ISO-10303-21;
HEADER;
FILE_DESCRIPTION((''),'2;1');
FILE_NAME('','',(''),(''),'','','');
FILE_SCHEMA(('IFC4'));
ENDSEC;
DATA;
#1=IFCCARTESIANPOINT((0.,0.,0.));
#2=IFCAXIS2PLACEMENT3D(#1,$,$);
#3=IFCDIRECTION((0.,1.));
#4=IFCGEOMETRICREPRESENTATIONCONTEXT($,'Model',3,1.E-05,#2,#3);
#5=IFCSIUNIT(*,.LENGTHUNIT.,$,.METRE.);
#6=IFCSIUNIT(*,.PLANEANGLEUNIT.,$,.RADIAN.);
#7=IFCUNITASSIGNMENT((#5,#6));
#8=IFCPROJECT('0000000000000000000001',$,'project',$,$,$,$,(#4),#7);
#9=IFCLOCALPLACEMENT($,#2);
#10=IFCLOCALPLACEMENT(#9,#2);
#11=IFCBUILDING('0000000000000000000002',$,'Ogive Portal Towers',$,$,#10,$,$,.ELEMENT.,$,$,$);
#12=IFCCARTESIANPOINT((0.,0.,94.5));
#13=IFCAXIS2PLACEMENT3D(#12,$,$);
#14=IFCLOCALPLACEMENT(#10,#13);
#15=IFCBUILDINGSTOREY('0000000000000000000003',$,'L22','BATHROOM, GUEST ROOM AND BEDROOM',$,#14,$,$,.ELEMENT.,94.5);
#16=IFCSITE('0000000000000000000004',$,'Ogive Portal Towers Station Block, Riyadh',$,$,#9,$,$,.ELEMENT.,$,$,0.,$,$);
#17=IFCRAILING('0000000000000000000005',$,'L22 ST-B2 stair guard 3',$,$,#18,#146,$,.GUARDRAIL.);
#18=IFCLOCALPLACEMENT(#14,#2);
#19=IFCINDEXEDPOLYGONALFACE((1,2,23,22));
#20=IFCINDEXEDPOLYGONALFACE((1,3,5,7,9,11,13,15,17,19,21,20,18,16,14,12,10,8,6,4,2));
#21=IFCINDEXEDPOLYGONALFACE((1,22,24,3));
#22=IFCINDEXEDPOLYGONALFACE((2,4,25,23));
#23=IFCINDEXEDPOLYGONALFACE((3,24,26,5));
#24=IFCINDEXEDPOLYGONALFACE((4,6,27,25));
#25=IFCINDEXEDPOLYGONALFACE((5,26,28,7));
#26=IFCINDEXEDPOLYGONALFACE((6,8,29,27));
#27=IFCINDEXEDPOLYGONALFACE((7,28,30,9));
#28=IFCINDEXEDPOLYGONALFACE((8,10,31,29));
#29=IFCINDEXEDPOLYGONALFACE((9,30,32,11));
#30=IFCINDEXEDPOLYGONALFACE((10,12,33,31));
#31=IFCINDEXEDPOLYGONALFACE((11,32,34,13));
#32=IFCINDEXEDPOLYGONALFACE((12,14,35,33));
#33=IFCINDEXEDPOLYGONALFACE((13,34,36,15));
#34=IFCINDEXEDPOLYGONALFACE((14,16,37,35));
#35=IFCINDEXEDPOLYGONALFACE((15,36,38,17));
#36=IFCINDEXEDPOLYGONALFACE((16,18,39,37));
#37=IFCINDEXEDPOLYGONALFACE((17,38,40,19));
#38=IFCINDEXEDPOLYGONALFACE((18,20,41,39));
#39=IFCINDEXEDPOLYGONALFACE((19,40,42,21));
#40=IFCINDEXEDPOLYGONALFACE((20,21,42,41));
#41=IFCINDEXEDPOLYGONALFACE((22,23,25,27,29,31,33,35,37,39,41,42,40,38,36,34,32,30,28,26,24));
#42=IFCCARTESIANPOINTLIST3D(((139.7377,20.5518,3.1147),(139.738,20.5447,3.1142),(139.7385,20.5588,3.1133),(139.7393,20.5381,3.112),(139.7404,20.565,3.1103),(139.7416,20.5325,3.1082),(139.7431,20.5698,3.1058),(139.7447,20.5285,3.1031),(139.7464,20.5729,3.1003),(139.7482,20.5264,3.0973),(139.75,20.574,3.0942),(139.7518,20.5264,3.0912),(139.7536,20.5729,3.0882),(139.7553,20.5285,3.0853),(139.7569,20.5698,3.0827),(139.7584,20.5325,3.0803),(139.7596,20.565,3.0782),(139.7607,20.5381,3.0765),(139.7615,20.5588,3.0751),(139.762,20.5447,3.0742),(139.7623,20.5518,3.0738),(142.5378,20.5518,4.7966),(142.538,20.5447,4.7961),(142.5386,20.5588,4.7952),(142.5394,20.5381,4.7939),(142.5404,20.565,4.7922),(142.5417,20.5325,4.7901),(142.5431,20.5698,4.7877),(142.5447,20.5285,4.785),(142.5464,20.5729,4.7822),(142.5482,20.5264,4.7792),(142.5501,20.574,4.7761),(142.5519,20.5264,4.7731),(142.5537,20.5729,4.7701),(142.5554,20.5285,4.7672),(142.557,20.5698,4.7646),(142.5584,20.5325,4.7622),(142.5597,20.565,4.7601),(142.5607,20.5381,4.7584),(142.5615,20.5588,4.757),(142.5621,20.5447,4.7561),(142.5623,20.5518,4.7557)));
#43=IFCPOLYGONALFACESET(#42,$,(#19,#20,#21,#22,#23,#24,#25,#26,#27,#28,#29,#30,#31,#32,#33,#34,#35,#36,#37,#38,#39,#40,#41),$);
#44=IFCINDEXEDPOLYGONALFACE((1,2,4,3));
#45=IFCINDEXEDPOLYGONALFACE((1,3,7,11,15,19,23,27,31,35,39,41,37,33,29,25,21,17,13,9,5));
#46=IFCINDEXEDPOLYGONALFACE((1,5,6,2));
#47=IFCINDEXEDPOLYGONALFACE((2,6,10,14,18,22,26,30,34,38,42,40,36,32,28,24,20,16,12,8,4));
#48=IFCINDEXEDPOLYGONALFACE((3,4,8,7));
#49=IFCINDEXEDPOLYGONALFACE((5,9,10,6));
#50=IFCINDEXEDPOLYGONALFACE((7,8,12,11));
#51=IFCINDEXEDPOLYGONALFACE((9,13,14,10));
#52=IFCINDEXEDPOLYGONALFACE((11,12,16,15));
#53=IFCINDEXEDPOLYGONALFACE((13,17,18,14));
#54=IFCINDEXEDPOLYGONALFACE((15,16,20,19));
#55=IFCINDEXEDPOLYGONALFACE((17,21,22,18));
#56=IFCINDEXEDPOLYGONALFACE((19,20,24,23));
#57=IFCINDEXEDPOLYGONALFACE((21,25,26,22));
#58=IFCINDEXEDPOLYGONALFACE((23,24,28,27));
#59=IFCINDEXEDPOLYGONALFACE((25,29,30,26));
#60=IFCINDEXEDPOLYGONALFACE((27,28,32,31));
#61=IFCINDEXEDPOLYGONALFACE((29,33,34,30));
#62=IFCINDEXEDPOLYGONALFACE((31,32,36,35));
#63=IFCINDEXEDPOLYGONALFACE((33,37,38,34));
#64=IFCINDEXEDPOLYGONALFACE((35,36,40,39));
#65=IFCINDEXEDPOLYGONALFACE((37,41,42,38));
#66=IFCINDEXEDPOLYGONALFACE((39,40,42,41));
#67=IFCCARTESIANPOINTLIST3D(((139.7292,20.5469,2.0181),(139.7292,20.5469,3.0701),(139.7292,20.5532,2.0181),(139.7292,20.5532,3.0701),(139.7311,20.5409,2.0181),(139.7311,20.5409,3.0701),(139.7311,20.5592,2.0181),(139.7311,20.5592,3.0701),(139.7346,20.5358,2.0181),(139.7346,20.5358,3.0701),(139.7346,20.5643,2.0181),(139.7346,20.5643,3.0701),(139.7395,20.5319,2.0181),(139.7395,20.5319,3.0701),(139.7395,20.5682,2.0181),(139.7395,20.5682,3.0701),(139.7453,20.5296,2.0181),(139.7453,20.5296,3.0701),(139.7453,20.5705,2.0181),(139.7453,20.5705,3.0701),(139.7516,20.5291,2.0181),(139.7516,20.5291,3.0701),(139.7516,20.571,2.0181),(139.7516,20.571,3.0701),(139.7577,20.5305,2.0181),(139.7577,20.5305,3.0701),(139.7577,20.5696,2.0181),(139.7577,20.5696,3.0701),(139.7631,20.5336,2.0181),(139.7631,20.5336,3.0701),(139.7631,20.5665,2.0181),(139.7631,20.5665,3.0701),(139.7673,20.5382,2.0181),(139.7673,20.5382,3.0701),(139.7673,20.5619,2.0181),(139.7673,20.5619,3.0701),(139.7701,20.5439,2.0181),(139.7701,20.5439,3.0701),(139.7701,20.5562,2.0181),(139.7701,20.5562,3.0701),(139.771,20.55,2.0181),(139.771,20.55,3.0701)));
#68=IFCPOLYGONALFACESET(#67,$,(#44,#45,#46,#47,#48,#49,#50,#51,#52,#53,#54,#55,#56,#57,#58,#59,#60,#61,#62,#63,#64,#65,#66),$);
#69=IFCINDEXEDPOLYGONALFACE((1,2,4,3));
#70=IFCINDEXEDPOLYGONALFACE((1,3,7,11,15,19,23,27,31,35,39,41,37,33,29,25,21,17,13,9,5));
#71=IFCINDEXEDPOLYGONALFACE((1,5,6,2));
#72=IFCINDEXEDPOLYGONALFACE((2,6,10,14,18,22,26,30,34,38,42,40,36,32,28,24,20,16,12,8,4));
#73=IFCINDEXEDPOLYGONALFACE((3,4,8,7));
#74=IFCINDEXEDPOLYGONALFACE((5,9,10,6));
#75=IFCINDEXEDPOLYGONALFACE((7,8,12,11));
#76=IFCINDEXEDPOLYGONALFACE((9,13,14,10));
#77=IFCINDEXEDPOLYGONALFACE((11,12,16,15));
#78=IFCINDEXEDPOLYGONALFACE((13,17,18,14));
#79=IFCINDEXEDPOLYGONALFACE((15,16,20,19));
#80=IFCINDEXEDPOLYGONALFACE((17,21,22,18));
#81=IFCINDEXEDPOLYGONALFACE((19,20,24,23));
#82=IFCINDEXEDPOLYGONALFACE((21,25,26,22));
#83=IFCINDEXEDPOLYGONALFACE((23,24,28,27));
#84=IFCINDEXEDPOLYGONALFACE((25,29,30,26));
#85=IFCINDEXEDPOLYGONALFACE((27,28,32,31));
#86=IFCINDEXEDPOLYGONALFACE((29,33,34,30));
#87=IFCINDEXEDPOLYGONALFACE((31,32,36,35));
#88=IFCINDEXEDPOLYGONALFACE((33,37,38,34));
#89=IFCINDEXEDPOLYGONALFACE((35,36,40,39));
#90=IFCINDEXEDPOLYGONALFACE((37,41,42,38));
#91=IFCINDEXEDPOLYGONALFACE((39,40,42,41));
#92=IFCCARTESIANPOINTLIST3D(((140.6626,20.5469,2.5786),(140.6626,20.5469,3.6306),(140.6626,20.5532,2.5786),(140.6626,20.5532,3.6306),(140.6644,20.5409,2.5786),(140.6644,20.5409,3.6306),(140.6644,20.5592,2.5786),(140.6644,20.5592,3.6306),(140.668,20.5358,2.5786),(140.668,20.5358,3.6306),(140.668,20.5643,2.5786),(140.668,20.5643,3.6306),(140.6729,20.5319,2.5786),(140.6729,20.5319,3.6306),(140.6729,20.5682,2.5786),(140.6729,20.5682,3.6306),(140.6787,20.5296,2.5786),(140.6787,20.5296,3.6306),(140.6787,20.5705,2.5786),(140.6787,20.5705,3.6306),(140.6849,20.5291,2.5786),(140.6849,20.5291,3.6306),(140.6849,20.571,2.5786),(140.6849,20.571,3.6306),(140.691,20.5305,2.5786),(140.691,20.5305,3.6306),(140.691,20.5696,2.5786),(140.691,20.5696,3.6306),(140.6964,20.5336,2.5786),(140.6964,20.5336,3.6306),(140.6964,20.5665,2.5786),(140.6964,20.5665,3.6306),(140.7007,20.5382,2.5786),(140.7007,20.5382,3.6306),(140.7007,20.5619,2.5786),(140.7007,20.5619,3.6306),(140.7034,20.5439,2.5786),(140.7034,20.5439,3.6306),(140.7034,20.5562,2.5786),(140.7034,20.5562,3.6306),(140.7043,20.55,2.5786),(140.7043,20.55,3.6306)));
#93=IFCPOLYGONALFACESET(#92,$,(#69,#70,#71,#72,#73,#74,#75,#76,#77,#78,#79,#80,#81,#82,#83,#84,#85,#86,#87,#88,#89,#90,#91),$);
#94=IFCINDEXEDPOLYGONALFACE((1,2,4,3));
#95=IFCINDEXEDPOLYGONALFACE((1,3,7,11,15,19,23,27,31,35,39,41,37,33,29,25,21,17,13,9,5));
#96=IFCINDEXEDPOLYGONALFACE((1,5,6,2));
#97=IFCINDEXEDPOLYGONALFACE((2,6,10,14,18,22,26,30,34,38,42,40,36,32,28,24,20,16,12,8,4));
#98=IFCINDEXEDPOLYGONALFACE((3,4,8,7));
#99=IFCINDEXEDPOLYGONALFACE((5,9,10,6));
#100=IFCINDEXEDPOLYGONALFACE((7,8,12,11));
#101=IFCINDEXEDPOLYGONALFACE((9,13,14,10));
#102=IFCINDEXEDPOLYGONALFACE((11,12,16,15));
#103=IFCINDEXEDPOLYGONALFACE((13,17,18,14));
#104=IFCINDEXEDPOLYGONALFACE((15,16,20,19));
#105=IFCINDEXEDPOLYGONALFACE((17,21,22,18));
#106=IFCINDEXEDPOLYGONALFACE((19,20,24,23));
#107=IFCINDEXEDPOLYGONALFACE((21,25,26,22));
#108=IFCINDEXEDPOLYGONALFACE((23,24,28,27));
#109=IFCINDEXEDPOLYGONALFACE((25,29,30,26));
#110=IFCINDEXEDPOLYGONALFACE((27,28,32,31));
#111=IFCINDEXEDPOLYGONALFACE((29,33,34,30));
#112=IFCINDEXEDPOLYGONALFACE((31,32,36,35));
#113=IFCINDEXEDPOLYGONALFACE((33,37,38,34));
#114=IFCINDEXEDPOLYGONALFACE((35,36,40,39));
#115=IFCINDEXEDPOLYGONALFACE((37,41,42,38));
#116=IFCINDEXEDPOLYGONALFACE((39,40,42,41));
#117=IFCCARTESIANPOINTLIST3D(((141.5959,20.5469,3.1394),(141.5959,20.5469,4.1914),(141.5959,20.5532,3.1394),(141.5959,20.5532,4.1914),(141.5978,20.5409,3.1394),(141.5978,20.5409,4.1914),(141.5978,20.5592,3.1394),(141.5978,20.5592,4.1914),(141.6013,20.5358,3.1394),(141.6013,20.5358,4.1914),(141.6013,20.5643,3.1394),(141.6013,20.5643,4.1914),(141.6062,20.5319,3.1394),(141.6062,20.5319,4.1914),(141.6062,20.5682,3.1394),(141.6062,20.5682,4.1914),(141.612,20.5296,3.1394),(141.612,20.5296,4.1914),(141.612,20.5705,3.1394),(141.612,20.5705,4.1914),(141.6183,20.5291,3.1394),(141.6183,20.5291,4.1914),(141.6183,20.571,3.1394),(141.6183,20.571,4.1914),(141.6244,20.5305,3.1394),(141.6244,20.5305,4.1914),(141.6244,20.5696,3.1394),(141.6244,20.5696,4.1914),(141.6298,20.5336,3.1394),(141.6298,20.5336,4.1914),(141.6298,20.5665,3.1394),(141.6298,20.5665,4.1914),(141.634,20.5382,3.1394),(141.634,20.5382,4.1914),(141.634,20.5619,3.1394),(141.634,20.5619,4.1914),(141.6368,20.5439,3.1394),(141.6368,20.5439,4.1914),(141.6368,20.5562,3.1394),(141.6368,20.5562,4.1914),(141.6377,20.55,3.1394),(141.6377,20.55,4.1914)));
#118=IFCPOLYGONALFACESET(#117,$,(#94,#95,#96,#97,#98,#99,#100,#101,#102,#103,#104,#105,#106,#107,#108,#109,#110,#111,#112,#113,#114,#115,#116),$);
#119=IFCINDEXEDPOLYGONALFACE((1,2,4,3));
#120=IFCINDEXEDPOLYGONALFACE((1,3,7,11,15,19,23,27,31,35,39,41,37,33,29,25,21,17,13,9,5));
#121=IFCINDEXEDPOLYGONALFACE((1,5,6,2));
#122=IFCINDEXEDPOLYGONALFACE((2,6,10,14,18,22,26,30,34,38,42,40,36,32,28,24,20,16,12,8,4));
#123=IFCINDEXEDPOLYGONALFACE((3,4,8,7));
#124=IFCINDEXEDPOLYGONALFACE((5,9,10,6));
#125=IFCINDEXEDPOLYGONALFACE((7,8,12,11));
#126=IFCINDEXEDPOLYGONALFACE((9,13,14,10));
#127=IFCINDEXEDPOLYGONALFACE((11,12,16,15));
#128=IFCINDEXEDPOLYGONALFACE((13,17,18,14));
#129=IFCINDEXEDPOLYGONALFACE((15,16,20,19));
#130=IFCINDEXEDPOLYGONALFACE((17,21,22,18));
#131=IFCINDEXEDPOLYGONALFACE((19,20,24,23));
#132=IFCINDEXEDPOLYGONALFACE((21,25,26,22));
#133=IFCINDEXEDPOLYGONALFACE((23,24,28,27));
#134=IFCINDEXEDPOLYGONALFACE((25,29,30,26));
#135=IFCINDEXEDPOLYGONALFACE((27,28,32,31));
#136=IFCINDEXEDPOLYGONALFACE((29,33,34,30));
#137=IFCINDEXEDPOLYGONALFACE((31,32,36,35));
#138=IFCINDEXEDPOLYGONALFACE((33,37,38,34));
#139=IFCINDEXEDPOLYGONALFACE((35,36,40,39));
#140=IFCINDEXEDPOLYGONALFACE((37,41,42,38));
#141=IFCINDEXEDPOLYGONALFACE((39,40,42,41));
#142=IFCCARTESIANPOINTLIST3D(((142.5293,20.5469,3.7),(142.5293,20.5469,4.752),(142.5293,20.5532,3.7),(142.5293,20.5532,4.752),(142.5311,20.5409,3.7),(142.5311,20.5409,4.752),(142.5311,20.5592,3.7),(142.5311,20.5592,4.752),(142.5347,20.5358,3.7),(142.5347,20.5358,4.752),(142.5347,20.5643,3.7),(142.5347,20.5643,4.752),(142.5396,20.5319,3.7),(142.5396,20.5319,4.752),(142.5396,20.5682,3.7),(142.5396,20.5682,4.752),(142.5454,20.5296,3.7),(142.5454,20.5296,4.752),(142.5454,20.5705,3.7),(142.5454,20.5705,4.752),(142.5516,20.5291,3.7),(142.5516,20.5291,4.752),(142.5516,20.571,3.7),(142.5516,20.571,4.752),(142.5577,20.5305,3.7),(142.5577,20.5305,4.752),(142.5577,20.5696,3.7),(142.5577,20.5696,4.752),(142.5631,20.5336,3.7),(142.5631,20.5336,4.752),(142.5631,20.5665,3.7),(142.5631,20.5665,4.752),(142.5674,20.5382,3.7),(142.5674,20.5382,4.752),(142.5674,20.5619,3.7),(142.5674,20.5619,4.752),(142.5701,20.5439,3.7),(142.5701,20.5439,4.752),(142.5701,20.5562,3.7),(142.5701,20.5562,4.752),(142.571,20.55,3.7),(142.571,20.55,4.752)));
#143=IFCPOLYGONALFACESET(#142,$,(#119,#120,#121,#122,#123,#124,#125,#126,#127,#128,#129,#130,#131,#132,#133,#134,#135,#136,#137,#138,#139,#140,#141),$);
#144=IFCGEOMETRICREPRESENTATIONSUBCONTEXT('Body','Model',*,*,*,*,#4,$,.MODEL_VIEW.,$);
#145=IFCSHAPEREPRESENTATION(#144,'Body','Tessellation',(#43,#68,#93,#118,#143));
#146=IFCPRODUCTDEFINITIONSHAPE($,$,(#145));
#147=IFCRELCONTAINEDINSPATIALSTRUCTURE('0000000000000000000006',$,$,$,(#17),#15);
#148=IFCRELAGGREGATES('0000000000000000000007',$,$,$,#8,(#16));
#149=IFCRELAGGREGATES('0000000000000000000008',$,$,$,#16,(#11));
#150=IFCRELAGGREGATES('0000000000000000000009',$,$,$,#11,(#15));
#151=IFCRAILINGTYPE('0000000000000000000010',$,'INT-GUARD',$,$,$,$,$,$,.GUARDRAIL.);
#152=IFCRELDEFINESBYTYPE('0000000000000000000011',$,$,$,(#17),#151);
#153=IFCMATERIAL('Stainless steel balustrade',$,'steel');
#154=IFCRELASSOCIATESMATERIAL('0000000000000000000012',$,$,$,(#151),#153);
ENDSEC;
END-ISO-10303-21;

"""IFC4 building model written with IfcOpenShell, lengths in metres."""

from ifc_helpers import new_model, si_unit, direction, frame, origin, origin_2d, place, context, subcontext, project, spatial, circle, extrude, material, type_object, element, save


model = new_model("IFC4")

# Units and contexts
model_context = context("Model", 3, precision=1e-05, world=origin(), true_north=direction((0.0, 1.0)))
body_context = subcontext(model_context, "Body", "Model", "MODEL_VIEW")
ifc_project = project(units=[si_unit("LENGTHUNIT", "METRE"), si_unit("PLANEANGLEUNIT", "RADIAN")], contexts=[model_context])

# Site, building, storey
site_placement = place(None, origin())
site = spatial("IfcSite", under=ifc_project, at=site_placement, Name="Ogive Portal Towers Station Block, Riyadh", CompositionType="ELEMENT", RefElevation=0.0)
building_placement = place(site_placement, origin())
building = spatial("IfcBuilding", under=site, at=building_placement, Name="Ogive Portal Towers", CompositionType="ELEMENT")
storey_placement = place(building_placement, frame((0.0, 0.0, 94.5)))
storey = spatial("IfcBuildingStorey", under=building, at=storey_placement, Name="L22", Description="BATHROOM, GUEST ROOM AND BEDROOM", CompositionType="ELEMENT", Elevation=94.5)

# Railing
ifc_material_1 = material(Name="Stainless steel balustrade", Category="steel")
railing_type_1 = type_object("IfcRailingType", Name="INT-GUARD", PredefinedType="GUARDRAIL", material=ifc_material_1)
railing_1_placement = place(storey_placement, frame((139.75, 20.55, 2.0181)))
element("IfcRailing", 1, at=railing_1_placement, inside=storey, type_object=railing_type_1, Name="L22 ST-B2 stair guard 3", PredefinedType="GUARDRAIL", context=body_context, shape_type="SweptSolid", body=[
    extrude(circle(Radius=0.0239, at=origin_2d()), frame((0.0, 0.0, 1.0762), z_axis=(0.857242, 0.0, 0.514913), x_axis=(0.0, 1.0, 0.0)), (0.0, 0.0, 1.0), 3.2664),
    extrude(circle(Radius=0.021, at=origin_2d()), origin(), (0.0, 0.0, 1.0), 1.052),
    extrude(circle(Radius=0.021, at=origin_2d()), frame((0.9333, 0.0, 0.5605)), (0.0, 0.0, 1.0), 1.052),
    extrude(circle(Radius=0.021, at=origin_2d()), frame((1.8667, 0.0, 1.1213)), (0.0, 0.0, 1.0), 1.052),
    extrude(circle(Radius=0.021, at=origin_2d()), frame((2.8, 0.0, 1.6819)), (0.0, 0.0, 1.0), 1.052),
])

save(model, "model.ifc")
